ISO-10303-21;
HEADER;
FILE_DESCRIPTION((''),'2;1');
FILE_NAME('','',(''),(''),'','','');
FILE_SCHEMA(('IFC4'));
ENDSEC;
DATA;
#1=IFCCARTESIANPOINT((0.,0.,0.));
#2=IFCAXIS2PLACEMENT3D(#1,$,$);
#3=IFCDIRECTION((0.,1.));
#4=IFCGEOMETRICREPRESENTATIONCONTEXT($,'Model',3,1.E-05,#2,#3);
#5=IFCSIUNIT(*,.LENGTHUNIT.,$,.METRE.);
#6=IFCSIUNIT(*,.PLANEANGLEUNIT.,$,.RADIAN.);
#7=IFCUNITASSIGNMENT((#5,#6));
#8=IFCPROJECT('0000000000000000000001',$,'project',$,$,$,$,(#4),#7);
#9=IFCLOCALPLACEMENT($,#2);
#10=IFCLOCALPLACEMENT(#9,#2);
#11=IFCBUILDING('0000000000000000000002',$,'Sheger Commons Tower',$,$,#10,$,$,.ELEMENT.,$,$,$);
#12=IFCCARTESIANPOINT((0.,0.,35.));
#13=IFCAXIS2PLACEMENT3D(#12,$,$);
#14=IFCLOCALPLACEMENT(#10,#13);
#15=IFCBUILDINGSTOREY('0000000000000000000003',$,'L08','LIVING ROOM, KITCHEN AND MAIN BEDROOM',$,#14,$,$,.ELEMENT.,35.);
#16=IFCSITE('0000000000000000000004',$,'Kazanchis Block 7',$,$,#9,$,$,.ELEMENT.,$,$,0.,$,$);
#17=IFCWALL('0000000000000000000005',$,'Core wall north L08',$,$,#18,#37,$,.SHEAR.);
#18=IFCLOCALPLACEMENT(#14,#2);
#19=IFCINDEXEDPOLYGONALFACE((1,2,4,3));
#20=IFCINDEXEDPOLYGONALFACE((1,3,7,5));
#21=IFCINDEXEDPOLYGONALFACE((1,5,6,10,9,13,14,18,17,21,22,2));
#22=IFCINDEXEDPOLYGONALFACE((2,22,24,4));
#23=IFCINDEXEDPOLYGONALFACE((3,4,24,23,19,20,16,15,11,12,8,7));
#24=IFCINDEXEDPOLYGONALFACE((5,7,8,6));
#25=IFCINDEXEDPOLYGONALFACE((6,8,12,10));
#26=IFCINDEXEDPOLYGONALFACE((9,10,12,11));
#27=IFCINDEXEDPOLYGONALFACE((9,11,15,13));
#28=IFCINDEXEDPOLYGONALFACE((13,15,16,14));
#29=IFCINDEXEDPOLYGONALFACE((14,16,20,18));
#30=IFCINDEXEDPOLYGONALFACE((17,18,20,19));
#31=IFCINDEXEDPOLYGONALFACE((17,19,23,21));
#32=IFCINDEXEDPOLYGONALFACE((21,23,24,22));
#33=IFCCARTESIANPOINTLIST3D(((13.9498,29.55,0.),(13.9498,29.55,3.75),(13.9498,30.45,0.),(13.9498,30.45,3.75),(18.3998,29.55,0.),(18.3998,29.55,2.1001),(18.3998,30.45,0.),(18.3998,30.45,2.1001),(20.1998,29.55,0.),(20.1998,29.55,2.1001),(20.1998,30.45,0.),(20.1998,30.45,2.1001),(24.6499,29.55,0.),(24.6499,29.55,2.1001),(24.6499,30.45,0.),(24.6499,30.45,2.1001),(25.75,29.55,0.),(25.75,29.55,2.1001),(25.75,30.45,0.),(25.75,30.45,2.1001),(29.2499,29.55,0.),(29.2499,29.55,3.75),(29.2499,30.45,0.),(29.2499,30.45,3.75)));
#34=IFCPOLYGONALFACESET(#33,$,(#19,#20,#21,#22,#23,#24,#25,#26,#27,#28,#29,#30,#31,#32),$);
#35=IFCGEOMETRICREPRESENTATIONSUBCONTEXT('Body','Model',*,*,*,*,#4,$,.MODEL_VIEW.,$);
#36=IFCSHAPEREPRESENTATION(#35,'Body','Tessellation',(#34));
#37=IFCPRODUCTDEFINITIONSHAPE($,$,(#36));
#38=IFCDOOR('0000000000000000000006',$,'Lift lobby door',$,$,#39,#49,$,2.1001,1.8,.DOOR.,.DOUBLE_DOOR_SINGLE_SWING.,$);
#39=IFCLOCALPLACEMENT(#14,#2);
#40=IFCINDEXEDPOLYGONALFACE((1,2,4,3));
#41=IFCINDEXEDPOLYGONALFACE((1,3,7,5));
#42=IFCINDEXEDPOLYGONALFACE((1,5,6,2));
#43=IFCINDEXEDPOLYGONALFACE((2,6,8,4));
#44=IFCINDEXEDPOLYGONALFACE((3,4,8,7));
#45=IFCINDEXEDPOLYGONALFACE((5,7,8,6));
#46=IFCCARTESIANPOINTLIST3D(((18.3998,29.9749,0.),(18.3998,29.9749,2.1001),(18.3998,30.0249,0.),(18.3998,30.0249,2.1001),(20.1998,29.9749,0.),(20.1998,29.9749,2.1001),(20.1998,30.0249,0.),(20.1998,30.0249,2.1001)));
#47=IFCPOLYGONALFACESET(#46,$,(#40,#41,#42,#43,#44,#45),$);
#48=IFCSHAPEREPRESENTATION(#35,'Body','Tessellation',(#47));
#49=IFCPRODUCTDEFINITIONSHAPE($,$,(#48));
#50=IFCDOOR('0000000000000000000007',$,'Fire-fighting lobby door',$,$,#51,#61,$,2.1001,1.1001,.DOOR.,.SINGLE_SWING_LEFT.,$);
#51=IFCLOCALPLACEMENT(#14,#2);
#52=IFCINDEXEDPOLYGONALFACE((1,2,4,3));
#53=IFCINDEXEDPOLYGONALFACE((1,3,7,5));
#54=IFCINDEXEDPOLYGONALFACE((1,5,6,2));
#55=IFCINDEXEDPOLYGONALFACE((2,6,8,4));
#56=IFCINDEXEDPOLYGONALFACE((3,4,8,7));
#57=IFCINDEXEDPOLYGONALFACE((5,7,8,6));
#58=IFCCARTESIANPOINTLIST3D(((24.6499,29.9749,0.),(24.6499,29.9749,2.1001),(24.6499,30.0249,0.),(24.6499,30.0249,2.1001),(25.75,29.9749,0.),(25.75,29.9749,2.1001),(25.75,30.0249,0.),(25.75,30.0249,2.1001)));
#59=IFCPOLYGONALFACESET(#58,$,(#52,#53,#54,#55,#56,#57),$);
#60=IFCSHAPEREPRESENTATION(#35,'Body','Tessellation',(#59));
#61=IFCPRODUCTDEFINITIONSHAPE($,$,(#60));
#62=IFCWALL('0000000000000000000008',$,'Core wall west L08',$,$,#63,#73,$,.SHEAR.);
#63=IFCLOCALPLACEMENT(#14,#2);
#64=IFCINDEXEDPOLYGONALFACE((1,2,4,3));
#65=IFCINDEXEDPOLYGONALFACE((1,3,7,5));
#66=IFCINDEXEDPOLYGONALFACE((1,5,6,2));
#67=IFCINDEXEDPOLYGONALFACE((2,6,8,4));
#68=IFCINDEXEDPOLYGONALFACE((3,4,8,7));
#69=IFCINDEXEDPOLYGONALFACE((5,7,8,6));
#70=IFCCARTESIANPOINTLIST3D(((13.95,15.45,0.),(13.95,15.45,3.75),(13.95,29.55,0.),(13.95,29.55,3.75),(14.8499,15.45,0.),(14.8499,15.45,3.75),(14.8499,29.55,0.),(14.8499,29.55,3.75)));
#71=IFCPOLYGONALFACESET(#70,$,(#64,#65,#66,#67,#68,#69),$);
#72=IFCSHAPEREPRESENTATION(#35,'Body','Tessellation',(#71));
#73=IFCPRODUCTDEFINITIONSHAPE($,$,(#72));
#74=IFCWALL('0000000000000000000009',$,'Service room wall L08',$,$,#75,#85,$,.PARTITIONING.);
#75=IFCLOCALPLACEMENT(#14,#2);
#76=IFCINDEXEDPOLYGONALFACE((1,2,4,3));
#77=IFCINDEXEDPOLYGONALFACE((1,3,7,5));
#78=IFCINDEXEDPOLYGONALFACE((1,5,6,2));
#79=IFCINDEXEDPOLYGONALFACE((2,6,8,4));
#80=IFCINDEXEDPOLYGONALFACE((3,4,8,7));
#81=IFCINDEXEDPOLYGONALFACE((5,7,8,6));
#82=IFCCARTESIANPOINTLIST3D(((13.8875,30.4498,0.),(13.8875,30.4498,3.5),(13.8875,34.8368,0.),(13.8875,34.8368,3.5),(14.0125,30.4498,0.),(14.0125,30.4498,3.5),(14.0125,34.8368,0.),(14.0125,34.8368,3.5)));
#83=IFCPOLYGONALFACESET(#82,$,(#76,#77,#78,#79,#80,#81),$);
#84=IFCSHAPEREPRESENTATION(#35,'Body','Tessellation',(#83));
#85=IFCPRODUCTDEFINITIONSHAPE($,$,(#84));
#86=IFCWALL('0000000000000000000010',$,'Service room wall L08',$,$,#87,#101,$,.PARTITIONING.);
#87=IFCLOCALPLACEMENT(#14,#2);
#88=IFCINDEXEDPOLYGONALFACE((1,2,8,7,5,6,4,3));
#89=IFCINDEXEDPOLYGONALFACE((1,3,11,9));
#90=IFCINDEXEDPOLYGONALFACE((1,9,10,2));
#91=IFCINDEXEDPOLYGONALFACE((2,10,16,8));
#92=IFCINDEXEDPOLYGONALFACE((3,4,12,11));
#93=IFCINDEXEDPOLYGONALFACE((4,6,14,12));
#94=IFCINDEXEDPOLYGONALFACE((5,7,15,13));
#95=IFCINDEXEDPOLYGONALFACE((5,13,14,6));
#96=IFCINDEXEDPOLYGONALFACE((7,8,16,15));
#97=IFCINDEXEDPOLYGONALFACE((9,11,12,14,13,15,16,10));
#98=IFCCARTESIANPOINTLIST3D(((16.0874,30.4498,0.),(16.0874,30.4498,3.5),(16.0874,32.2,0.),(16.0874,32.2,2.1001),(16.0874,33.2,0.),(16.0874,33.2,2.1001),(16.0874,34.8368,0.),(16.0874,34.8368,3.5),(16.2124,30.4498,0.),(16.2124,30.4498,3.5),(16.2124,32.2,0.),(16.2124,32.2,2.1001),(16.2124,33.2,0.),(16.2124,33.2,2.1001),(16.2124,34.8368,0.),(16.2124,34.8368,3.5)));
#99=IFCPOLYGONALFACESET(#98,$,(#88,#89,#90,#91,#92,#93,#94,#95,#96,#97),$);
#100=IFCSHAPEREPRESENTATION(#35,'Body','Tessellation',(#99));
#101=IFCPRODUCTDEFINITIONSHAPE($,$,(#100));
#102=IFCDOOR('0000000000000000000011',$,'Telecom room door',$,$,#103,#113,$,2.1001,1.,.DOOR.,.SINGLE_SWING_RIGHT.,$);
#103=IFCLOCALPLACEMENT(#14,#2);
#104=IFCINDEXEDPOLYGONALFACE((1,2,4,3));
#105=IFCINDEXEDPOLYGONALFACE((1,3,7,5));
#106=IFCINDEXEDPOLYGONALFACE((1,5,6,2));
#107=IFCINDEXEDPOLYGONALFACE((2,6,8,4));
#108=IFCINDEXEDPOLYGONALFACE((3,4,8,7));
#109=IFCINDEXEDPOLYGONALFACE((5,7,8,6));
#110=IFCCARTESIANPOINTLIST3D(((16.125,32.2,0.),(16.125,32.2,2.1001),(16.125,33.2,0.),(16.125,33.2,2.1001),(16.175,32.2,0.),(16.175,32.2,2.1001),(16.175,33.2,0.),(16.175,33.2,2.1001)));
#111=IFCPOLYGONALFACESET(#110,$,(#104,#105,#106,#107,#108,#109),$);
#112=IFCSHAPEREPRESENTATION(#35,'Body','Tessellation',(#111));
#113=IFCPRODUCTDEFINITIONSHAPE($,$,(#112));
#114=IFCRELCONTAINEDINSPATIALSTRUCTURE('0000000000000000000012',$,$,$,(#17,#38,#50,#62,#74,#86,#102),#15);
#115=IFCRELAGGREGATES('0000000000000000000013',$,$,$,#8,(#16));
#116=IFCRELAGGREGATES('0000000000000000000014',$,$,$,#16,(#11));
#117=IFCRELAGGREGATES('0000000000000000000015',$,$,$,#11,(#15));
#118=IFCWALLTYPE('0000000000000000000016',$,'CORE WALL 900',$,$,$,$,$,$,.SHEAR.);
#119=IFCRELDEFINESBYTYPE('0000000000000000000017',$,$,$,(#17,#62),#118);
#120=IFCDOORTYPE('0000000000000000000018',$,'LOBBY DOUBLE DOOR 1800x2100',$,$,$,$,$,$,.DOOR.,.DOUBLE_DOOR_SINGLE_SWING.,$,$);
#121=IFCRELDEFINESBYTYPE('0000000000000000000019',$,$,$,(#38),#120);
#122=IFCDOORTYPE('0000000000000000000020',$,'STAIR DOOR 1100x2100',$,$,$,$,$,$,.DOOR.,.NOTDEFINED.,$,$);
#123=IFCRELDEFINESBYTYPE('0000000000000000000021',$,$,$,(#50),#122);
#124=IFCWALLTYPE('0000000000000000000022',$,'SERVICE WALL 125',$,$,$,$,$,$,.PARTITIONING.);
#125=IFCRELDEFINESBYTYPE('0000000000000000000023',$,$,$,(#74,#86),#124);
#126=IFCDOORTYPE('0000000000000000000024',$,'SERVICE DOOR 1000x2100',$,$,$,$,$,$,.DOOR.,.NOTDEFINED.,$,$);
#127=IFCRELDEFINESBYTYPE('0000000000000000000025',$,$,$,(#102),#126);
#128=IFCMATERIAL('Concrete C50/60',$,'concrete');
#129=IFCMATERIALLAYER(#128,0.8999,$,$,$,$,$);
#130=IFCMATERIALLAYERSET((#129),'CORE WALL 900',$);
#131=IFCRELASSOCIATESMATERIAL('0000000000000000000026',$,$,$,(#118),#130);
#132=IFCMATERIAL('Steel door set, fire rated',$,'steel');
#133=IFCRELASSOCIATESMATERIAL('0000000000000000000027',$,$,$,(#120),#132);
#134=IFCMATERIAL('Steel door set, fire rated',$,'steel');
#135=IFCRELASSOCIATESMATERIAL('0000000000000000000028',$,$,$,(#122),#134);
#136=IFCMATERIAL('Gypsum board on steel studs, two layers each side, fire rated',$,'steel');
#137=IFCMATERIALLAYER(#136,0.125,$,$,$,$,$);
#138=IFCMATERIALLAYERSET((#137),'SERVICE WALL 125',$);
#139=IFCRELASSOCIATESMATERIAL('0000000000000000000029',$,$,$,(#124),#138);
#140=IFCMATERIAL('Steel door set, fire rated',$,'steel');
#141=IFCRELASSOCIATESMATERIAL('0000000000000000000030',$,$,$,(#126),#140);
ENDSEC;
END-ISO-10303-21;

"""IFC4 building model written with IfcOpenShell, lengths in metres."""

from ifc_helpers import new_model, si_unit, direction, frame, frame_2d, origin, place, context, subcontext, project, spatial, rectangle, extrude, material, layer, layer_set, type_object, element, fill, save


model = new_model("IFC4")

# Units and contexts
model_context = context("Model", 3, precision=1e-05, world=origin(), true_north=direction((0.0, 1.0)))
body_context = subcontext(model_context, "Body", "Model", "MODEL_VIEW")
ifc_project = project(units=[si_unit("LENGTHUNIT", "METRE"), si_unit("PLANEANGLEUNIT", "RADIAN")], contexts=[model_context])

# Site, building, storey
site_placement = place(None, origin())
site = spatial("IfcSite", under=ifc_project, at=site_placement, Name="Kazanchis Block 7", CompositionType="ELEMENT", RefElevation=0.0)
building_placement = place(site_placement, origin())
building = spatial("IfcBuilding", under=site, at=building_placement, Name="Sheger Commons Tower", CompositionType="ELEMENT")
storey_placement = place(building_placement, frame((0.0, 0.0, 35.0)))
storey = spatial("IfcBuildingStorey", under=building, at=storey_placement, Name="L08", Description="LIVING ROOM, KITCHEN AND MAIN BEDROOM", CompositionType="ELEMENT", Elevation=35.0)

# Wall, openings, doors
ifc_material_1 = material(Name="Concrete C50/60", Category="concrete")
ifc_layer_1 = layer(ifc_material_1, 0.8999)
ifc_layer_set_1 = layer_set([ifc_layer_1], Name="CORE WALL 900")
wall_type_1 = type_object("IfcWallType", Name="CORE WALL 900", PredefinedType="SHEAR", material=ifc_layer_set_1)
ifc_material_2 = material(Name="Steel door set, fire rated", Category="steel")
door_type_1 = type_object("IfcDoorType", Name="LOBBY DOUBLE DOOR 1800x2100", OperationType="DOUBLE_DOOR_SINGLE_SWING", PredefinedType="DOOR", material=ifc_material_2)
ifc_material_3 = material(Name="Steel door set, fire rated", Category="steel")
door_type_2 = type_object("IfcDoorType", Name="STAIR DOOR 1100x2100", OperationType="NOTDEFINED", PredefinedType="DOOR", material=ifc_material_3)
wall_1_placement = place(storey_placement, frame((13.95, 30.0, 0.0), z_axis=(0.0, 0.0, 1.0), x_axis=(1.0, 0.0, 0.0)))
wall_1 = element("IfcWall", 1, at=wall_1_placement, inside=storey, type_object=wall_type_1, Name="Core wall north L08", PredefinedType="SHEAR", context=body_context, shape_type="SweptSolid", body=[
    extrude(rectangle(XDim=15.3, YDim=0.8999, at=frame_2d((7.6499, 0.0))), origin(), (0.0, 0.0, 1.0), 3.75),
])
opening_1_placement = place(wall_1_placement, frame((4.45, 0.0, 0.0)))
opening_1 = element("IfcOpeningElement", 2, at=opening_1_placement, cuts=wall_1, PredefinedType="OPENING", context=body_context, shape_type="SweptSolid", body=[
    extrude(rectangle(XDim=1.8, YDim=2.1001, at=frame_2d((0.8999, 1.05))), frame((0.0, 0.46, 0.0), z_axis=(0.0, -1.0, 0.0), x_axis=(1.0, 0.0, 0.0)), (0.0, 0.0, 1.0), 0.9199),
])
opening_2_placement = place(wall_1_placement, frame((10.7, 0.0, 0.0)))
opening_2 = element("IfcOpeningElement", 3, at=opening_2_placement, cuts=wall_1, PredefinedType="OPENING", context=body_context, shape_type="SweptSolid", body=[
    extrude(rectangle(XDim=1.1001, YDim=2.1001, at=frame_2d((0.55, 1.05))), frame((0.0, 0.46, 0.0), z_axis=(0.0, -1.0, 0.0), x_axis=(1.0, 0.0, 0.0)), (0.0, 0.0, 1.0), 0.9199),
])
door_1_placement = place(opening_1_placement, origin())
door_1 = element("IfcDoor", 4, at=door_1_placement, inside=storey, type_object=door_type_1, Name="Lift lobby door", OperationType="DOUBLE_DOOR_SINGLE_SWING", OverallHeight=2.1001, OverallWidth=1.8, PredefinedType="DOOR", context=body_context, shape_type="SweptSolid", body=[
    extrude(rectangle(XDim=1.8, YDim=2.1001, at=frame_2d((0.8999, 1.05))), frame((0.0, 0.0249, 0.0), z_axis=(0.0, -1.0, 0.0), x_axis=(1.0, 0.0, 0.0)), (0.0, 0.0, 1.0), 0.05),
])
fill(opening_1, door_1)
door_2_placement = place(opening_2_placement, origin())
door_2 = element("IfcDoor", 5, at=door_2_placement, inside=storey, type_object=door_type_2, Name="Fire-fighting lobby door", OperationType="SINGLE_SWING_LEFT", OverallHeight=2.1001, OverallWidth=1.1001, PredefinedType="DOOR", context=body_context, shape_type="SweptSolid", body=[
    extrude(rectangle(XDim=1.1001, YDim=2.1001, at=frame_2d((0.55, 1.05))), frame((0.0, 0.0249, 0.0), z_axis=(0.0, -1.0, 0.0), x_axis=(1.0, 0.0, 0.0)), (0.0, 0.0, 1.0), 0.05),
])
fill(opening_2, door_2)

# Walls
wall_2_placement = place(storey_placement, frame((14.3999, 15.45, 0.0), z_axis=(0.0, 0.0, 1.0), x_axis=(0.0, 1.0, 0.0)))
element("IfcWall", 6, at=wall_2_placement, inside=storey, type_object=wall_type_1, Name="Core wall west L08", PredefinedType="SHEAR", context=body_context, shape_type="SweptSolid", body=[
    extrude(rectangle(XDim=14.1001, YDim=0.8999, at=frame_2d((7.05, 0.0))), origin(), (0.0, 0.0, 1.0), 3.75),
])
ifc_material_4 = material(Name="Gypsum board on steel studs, two layers each side, fire rated", Category="steel")
ifc_layer_2 = layer(ifc_material_4, 0.125)
ifc_layer_set_2 = layer_set([ifc_layer_2], Name="SERVICE WALL 125")
wall_type_2 = type_object("IfcWallType", Name="SERVICE WALL 125", PredefinedType="PARTITIONING", material=ifc_layer_set_2)
wall_3_placement = place(storey_placement, frame((13.95, 30.45, 0.0), z_axis=(0.0, 0.0, 1.0), x_axis=(0.0, 1.0, 0.0)))
element("IfcWall", 7, at=wall_3_placement, inside=storey, type_object=wall_type_2, Name="Service room wall L08", PredefinedType="PARTITIONING", context=body_context, shape_type="SweptSolid", body=[
    extrude(rectangle(XDim=4.387, YDim=0.125, at=frame_2d((2.1934, 0.0))), origin(), (0.0, 0.0, 1.0), 3.5),
])

# Wall, opening, door
wall_4_placement = place(storey_placement, frame((16.1499, 30.45, 0.0), z_axis=(0.0, 0.0, 1.0), x_axis=(0.0, 1.0, 0.0)))
wall_4 = element("IfcWall", 8, at=wall_4_placement, inside=storey, type_object=wall_type_2, Name="Service room wall L08", PredefinedType="PARTITIONING", context=body_context, shape_type="SweptSolid", body=[
    extrude(rectangle(XDim=4.387, YDim=0.125, at=frame_2d((2.1934, 0.0))), origin(), (0.0, 0.0, 1.0), 3.5),
])
opening_3_placement = place(wall_4_placement, frame((1.75, 0.0, 0.0)))
opening_3 = element("IfcOpeningElement", 9, at=opening_3_placement, cuts=wall_4, PredefinedType="OPENING", context=body_context, shape_type="SweptSolid", body=[
    extrude(rectangle(XDim=1.0, YDim=2.1001, at=frame_2d((0.5, 1.05))), frame((0.0, 0.0725, 0.0), z_axis=(0.0, -1.0, 0.0), x_axis=(1.0, 0.0, 0.0)), (0.0, 0.0, 1.0), 0.145),
])
ifc_material_5 = material(Name="Steel door set, fire rated", Category="steel")
door_type_3 = type_object("IfcDoorType", Name="SERVICE DOOR 1000x2100", OperationType="NOTDEFINED", PredefinedType="DOOR", material=ifc_material_5)
door_3_placement = place(opening_3_placement, origin())
door_3 = element("IfcDoor", 10, at=door_3_placement, inside=storey, type_object=door_type_3, Name="Telecom room door", OperationType="SINGLE_SWING_RIGHT", OverallHeight=2.1001, OverallWidth=1.0, PredefinedType="DOOR", context=body_context, shape_type="SweptSolid", body=[
    extrude(rectangle(XDim=1.0, YDim=2.1001, at=frame_2d((0.5, 1.05))), frame((0.0, 0.0249, 0.0), z_axis=(0.0, -1.0, 0.0), x_axis=(1.0, 0.0, 0.0)), (0.0, 0.0, 1.0), 0.05),
])
fill(opening_3, door_3)

save(model, "model.ifc")
